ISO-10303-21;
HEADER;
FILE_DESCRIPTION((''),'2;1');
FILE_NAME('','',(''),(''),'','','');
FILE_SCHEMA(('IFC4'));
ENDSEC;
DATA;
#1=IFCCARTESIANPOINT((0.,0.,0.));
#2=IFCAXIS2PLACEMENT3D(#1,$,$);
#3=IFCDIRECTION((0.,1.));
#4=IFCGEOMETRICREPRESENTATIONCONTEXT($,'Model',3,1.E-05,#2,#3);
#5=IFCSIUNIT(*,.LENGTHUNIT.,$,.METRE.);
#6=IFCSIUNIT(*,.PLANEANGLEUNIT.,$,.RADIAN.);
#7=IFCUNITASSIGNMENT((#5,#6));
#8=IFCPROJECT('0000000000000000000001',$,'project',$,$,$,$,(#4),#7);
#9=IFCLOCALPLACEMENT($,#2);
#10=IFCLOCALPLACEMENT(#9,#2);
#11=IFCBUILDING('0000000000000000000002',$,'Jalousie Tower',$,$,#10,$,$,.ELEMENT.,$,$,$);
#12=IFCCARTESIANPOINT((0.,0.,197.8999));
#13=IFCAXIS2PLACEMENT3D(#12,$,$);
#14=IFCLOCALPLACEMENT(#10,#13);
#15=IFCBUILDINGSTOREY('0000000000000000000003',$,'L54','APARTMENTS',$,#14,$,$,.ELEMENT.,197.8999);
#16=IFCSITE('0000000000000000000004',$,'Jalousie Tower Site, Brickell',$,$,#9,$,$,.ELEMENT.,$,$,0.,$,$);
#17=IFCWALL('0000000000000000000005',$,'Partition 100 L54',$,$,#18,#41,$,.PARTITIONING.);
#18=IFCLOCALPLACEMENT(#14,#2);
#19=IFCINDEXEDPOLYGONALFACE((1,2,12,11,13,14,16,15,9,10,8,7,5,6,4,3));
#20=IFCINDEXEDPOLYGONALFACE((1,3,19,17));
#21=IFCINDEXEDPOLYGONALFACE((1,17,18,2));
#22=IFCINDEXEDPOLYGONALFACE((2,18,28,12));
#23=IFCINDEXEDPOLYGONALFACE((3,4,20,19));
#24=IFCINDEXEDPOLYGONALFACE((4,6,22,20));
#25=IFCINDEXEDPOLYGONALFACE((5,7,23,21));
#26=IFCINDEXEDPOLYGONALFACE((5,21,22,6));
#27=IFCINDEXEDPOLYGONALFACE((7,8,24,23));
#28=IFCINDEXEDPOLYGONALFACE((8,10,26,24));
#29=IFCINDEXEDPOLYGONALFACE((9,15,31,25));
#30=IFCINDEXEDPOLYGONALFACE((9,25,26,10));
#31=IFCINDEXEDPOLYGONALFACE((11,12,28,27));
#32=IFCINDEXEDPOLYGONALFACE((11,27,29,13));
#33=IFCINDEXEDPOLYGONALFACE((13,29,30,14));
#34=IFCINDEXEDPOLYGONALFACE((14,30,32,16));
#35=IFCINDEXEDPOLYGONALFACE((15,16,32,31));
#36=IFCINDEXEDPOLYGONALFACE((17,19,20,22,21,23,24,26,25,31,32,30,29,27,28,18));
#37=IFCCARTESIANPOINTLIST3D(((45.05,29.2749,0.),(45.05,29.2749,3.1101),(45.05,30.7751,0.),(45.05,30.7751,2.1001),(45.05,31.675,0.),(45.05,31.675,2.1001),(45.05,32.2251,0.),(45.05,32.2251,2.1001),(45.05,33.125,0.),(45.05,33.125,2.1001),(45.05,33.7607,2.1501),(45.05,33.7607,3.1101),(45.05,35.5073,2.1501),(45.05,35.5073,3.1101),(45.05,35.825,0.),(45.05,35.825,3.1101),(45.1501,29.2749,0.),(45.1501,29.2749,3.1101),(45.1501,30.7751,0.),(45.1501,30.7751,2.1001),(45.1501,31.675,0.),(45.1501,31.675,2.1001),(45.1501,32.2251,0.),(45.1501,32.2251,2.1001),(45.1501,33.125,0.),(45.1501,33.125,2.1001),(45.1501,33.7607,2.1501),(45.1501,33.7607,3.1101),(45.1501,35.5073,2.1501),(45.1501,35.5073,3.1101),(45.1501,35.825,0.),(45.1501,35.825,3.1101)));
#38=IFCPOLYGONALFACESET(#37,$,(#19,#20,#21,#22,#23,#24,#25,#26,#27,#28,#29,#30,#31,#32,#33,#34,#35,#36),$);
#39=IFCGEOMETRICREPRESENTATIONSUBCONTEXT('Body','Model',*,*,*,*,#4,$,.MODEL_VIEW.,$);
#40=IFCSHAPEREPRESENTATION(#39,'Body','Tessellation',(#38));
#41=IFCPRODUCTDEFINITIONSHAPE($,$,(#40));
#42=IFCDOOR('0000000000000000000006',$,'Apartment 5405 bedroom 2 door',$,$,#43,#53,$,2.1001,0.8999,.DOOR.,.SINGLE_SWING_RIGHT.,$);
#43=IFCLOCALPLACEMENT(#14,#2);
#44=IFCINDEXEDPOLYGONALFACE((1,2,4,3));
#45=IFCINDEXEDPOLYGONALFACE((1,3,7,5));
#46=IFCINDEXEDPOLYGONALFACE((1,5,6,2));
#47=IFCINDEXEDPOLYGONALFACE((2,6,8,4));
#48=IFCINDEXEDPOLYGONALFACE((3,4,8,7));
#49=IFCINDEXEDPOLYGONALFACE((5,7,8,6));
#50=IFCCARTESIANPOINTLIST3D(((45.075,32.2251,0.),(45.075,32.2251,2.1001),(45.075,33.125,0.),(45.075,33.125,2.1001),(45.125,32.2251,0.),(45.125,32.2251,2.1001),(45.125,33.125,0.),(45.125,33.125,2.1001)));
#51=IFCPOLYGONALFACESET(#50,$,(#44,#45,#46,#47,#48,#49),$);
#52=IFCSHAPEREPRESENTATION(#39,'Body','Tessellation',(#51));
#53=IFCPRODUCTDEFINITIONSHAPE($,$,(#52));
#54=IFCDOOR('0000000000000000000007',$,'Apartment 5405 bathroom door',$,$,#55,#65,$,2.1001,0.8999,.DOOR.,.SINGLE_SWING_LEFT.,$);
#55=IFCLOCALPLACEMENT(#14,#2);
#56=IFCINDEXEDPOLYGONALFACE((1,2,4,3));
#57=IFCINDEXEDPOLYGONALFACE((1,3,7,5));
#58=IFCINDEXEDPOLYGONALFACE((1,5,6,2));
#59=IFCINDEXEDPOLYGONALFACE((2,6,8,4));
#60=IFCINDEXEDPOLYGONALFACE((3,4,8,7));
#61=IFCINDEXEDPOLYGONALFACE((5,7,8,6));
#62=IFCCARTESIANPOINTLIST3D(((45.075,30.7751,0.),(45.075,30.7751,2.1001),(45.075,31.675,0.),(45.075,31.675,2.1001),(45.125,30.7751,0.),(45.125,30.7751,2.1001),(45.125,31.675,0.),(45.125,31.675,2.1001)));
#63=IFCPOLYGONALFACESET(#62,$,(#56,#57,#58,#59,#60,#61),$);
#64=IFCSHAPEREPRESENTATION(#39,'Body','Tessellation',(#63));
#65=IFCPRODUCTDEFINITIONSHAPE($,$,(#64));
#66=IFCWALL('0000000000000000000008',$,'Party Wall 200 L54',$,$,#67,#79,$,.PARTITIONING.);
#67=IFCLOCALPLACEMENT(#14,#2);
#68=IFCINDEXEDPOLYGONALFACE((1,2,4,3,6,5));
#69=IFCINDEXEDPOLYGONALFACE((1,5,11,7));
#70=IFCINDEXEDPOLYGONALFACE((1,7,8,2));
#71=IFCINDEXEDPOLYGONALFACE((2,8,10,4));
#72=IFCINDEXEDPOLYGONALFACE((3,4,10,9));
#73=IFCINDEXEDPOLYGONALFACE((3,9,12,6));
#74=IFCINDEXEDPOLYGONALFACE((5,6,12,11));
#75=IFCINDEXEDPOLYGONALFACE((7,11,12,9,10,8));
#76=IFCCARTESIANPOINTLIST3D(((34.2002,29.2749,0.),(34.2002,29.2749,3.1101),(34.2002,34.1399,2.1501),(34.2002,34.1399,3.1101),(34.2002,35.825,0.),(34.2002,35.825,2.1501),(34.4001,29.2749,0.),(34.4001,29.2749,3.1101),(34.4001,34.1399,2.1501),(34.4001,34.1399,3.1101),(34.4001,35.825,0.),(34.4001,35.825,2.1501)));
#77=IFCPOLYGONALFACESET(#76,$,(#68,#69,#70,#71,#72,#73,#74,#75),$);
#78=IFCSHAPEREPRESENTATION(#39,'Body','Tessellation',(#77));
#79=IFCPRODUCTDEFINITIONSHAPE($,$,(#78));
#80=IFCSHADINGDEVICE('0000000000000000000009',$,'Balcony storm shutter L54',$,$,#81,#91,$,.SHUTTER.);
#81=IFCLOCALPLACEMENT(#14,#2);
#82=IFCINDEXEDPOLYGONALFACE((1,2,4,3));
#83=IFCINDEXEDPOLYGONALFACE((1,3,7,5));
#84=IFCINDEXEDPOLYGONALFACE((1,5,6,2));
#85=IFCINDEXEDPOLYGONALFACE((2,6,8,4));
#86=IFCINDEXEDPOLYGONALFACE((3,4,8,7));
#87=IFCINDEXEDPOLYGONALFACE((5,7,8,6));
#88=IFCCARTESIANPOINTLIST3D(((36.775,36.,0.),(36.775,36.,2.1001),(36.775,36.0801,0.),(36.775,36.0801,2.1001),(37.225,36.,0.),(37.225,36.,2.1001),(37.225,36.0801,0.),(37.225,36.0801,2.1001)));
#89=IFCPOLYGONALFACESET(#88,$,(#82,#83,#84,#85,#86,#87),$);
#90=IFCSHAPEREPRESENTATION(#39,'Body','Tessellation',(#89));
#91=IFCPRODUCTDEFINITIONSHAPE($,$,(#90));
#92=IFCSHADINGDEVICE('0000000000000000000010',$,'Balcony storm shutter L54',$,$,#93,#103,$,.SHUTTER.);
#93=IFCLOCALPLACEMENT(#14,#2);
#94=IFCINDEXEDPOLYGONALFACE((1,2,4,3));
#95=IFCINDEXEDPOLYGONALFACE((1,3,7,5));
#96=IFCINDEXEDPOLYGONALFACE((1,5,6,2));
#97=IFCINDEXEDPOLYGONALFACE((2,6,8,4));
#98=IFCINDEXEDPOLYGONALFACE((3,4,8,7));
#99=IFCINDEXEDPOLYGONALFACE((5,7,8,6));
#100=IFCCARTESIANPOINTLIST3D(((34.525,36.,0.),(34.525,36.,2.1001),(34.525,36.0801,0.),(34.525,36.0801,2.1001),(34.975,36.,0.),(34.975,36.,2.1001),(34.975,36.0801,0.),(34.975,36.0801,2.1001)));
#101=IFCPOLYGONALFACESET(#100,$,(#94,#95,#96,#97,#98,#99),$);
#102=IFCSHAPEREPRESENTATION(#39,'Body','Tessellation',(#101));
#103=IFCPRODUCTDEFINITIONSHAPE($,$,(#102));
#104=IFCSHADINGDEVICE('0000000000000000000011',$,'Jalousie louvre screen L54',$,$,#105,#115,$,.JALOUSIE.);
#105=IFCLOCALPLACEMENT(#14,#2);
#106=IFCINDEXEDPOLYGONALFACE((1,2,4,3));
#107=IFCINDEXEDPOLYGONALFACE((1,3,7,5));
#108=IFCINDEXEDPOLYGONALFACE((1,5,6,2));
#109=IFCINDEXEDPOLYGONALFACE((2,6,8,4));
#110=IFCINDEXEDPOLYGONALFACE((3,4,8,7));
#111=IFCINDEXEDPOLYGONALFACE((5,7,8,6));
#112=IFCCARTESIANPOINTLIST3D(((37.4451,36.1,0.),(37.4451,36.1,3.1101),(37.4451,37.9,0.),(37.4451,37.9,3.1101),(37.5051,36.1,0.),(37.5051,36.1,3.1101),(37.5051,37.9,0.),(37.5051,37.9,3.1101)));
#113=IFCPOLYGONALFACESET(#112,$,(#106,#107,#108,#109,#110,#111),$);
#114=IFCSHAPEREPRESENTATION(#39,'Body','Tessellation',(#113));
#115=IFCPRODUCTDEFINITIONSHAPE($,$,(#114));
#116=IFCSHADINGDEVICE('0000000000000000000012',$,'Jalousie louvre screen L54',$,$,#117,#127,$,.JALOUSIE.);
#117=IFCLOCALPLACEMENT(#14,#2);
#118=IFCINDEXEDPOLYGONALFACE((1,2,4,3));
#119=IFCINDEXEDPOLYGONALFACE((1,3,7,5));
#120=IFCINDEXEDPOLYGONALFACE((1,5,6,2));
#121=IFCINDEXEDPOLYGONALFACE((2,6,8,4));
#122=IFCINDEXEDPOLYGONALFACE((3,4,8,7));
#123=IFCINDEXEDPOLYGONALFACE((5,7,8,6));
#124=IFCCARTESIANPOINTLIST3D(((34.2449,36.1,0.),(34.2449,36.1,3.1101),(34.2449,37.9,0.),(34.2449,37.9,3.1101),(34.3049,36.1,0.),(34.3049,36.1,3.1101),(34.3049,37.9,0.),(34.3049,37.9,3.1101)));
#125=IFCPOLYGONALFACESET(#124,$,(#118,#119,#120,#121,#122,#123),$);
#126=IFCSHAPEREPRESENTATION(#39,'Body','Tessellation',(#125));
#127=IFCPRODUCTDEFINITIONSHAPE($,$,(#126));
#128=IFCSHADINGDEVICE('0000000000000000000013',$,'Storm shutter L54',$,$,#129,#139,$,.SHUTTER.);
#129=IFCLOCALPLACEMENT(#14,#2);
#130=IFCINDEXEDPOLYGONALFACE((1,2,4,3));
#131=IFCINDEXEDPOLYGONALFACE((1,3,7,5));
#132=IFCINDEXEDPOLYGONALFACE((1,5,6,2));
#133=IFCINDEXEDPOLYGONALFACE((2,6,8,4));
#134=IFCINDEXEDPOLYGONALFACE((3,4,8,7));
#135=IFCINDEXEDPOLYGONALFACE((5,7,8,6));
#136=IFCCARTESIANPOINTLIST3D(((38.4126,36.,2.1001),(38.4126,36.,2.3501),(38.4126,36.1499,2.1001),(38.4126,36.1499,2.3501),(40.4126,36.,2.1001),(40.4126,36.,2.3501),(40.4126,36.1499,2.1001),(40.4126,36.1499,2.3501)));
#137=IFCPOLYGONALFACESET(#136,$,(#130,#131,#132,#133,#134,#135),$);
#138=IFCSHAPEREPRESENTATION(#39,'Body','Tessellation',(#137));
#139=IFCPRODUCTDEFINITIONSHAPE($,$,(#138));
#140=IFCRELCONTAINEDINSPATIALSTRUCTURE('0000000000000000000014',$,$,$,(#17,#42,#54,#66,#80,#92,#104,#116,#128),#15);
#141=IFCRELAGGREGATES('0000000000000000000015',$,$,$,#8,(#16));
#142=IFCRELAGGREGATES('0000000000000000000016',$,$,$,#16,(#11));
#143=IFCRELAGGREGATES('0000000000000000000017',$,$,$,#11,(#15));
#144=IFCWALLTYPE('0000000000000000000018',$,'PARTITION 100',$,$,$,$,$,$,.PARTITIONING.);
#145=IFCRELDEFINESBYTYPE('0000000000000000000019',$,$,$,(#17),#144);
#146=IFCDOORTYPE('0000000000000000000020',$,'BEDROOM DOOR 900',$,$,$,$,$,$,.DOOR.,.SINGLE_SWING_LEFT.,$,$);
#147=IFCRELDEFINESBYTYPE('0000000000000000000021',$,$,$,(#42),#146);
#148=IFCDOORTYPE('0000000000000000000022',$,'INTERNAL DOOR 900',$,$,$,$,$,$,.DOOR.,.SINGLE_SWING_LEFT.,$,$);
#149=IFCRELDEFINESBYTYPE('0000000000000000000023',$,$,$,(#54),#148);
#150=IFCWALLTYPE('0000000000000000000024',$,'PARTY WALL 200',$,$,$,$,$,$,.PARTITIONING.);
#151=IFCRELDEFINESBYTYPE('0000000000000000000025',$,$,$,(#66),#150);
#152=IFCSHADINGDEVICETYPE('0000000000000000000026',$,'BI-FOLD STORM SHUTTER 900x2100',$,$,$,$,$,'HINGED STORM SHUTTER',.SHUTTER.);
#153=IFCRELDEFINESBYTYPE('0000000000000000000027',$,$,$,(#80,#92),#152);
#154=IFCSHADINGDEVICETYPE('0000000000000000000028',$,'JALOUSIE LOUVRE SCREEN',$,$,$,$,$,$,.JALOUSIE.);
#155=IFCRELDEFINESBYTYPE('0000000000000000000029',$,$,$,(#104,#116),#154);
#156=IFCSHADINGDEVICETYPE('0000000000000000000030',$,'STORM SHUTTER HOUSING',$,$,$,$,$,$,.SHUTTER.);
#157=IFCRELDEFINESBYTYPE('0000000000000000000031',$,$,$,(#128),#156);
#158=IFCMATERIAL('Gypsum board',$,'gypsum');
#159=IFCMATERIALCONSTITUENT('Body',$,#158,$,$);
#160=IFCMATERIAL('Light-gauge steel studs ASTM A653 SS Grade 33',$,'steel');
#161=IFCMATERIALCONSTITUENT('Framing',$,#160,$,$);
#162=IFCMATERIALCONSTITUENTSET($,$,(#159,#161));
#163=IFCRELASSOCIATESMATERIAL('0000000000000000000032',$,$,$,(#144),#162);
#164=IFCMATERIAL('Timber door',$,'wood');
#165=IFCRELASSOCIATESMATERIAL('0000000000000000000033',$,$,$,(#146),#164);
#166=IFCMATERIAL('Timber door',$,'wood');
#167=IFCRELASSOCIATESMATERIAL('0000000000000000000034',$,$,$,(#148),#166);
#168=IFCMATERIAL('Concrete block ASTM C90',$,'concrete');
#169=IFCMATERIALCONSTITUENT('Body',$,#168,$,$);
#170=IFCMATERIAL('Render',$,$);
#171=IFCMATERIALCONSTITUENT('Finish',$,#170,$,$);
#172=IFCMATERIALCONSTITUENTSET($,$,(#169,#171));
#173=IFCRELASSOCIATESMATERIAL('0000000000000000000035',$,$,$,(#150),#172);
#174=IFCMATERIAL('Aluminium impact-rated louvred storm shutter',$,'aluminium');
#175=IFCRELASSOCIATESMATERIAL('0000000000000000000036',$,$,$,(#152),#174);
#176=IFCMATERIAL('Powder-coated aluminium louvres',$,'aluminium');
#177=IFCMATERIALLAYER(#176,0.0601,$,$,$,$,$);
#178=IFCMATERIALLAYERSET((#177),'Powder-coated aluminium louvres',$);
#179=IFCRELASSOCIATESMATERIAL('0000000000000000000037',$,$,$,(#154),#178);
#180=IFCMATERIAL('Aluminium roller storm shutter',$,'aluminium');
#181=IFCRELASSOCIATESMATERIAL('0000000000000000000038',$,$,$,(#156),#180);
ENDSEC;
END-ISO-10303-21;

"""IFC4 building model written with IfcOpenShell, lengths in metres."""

from ifc_helpers import new_model, si_unit, direction, frame, frame_2d, origin, origin_2d, place, context, subcontext, project, spatial, polyline, rectangle, outline, extrude, material, layer, layer_set, constituent, constituent_set, type_object, element, fill, save


model = new_model("IFC4")

# Units and contexts
model_context = context("Model", 3, precision=1e-05, world=origin(), true_north=direction((0.0, 1.0)))
body_context = subcontext(model_context, "Body", "Model", "MODEL_VIEW")
ifc_project = project(units=[si_unit("LENGTHUNIT", "METRE"), si_unit("PLANEANGLEUNIT", "RADIAN")], contexts=[model_context])

# Site, building, storey
site_placement = place(None, origin())
site = spatial("IfcSite", under=ifc_project, at=site_placement, Name="Jalousie Tower Site, Brickell", CompositionType="ELEMENT", RefElevation=0.0)
building_placement = place(site_placement, origin())
building = spatial("IfcBuilding", under=site, at=building_placement, Name="Jalousie Tower", CompositionType="ELEMENT")
storey_placement = place(building_placement, frame((0.0, 0.0, 197.8999)))
storey = spatial("IfcBuildingStorey", under=building, at=storey_placement, Name="L54", Description="APARTMENTS", CompositionType="ELEMENT", Elevation=197.8999)

# Shared definitions
ifc_material_1 = material(Name="Gypsum board", Category="gypsum")
ifc_constituent_1 = constituent(ifc_material_1, Name="Body")
ifc_material_2 = material(Name="Light-gauge steel studs ASTM A653 SS Grade 33", Category="steel")
ifc_constituent_2 = constituent(ifc_material_2, Name="Framing")
ifc_constituent_set_1 = constituent_set(constituents=[ifc_constituent_1, ifc_constituent_2])
wall_type_1 = type_object("IfcWallType", Name="PARTITION 100", PredefinedType="PARTITIONING", material=ifc_constituent_set_1)
ifc_material_3 = material(Name="Timber door", Category="wood")
door_type_1 = type_object("IfcDoorType", Name="BEDROOM DOOR 900", OperationType="SINGLE_SWING_LEFT", PredefinedType="DOOR", material=ifc_material_3)

# Wall, openings, doors
wall_1_placement = place(storey_placement, frame((45.1001, 35.825, 0.0), z_axis=(0.0, 0.0, 1.0), x_axis=(0.0, -1.0, 0.0)))
wall_1 = element("IfcWall", 1, at=wall_1_placement, inside=storey, type_object=wall_type_1, Name="Partition 100 L54", PredefinedType="PARTITIONING", context=body_context, shape_type="SweptSolid", body=[
    extrude(outline(polyline([(0.0, 0.0), (6.55, 0.0), (6.55, 3.1101), (2.0642, 3.1101), (2.0642, 2.1501), (0.3176, 2.1501), (0.3176, 3.1101), (0.0, 3.1101), (0.0, 0.0)])), frame((0.0, 0.05, 0.0), z_axis=(0.0, -1.0, 0.0), x_axis=(1.0, 0.0, 0.0)), (0.0, 0.0, 1.0), 0.1001),
])
opening_1_placement = place(wall_1_placement, frame((2.7, 0.0, 0.0)))
opening_1 = element("IfcOpeningElement", 2, at=opening_1_placement, cuts=wall_1, PredefinedType="OPENING", context=body_context, shape_type="SweptSolid", body=[
    extrude(rectangle(XDim=0.8999, YDim=2.1001, at=frame_2d((0.45, 1.05))), frame((0.0, 0.0601, 0.0), z_axis=(0.0, -1.0, 0.0), x_axis=(1.0, 0.0, 0.0)), (0.0, 0.0, 1.0), 0.1201),
])
opening_2_placement = place(wall_1_placement, frame((4.1499, 0.0, 0.0)))
opening_2 = element("IfcOpeningElement", 3, at=opening_2_placement, cuts=wall_1, PredefinedType="OPENING", context=body_context, shape_type="SweptSolid", body=[
    extrude(rectangle(XDim=0.8999, YDim=2.1001, at=frame_2d((0.45, 1.05))), frame((0.0, 0.0601, 0.0), z_axis=(0.0, -1.0, 0.0), x_axis=(1.0, 0.0, 0.0)), (0.0, 0.0, 1.0), 0.1201),
])
door_1_placement = place(opening_1_placement, origin())
door_1 = element("IfcDoor", 4, at=door_1_placement, inside=storey, type_object=door_type_1, Name="Apartment 5405 bedroom 2 door", OperationType="SINGLE_SWING_RIGHT", OverallHeight=2.1001, OverallWidth=0.8999, PredefinedType="DOOR", context=body_context, shape_type="SweptSolid", body=[
    extrude(rectangle(XDim=0.8999, YDim=2.1001, at=frame_2d((0.45, 1.05))), frame((0.0, 0.0249, 0.0), z_axis=(0.0, -1.0, 0.0), x_axis=(1.0, 0.0, 0.0)), (0.0, 0.0, 1.0), 0.05),
])
fill(opening_1, door_1)
ifc_material_4 = material(Name="Timber door", Category="wood")
door_type_2 = type_object("IfcDoorType", Name="INTERNAL DOOR 900", OperationType="SINGLE_SWING_LEFT", PredefinedType="DOOR", material=ifc_material_4)
door_2_placement = place(opening_2_placement, origin())
door_2 = element("IfcDoor", 5, at=door_2_placement, inside=storey, type_object=door_type_2, Name="Apartment 5405 bathroom door", OperationType="SINGLE_SWING_LEFT", OverallHeight=2.1001, OverallWidth=0.8999, PredefinedType="DOOR", context=body_context, shape_type="SweptSolid", body=[
    extrude(rectangle(XDim=0.8999, YDim=2.1001, at=frame_2d((0.45, 1.05))), frame((0.0, 0.0249, 0.0), z_axis=(0.0, -1.0, 0.0), x_axis=(1.0, 0.0, 0.0)), (0.0, 0.0, 1.0), 0.05),
])
fill(opening_2, door_2)

# Wall
ifc_material_5 = material(Name="Concrete block ASTM C90", Category="concrete")
ifc_constituent_3 = constituent(ifc_material_5, Name="Body")
ifc_material_6 = material(Name="Render")
ifc_constituent_4 = constituent(ifc_material_6, Name="Finish")
ifc_constituent_set_2 = constituent_set(constituents=[ifc_constituent_3, ifc_constituent_4])
wall_type_2 = type_object("IfcWallType", Name="PARTY WALL 200", PredefinedType="PARTITIONING", material=ifc_constituent_set_2)
wall_2_placement = place(storey_placement, frame((34.3, 35.825, 0.0), z_axis=(0.0, 0.0, 1.0), x_axis=(0.0, -1.0, 0.0)))
element("IfcWall", 6, at=wall_2_placement, inside=storey, type_object=wall_type_2, Name="Party Wall 200 L54", PredefinedType="PARTITIONING", context=body_context, shape_type="SweptSolid", body=[
    extrude(outline(polyline([(0.0, 0.0), (6.55, 0.0), (6.55, 3.1101), (1.6851, 3.1101), (1.6851, 2.1501), (0.0, 2.1501), (0.0, 3.1101), (0.0, 0.0)])), frame((0.0, 0.1001, 0.0), z_axis=(0.0, -1.0, 0.0), x_axis=(1.0, 0.0, 0.0)), (0.0, 0.0, 1.0), 0.2),
])

# Shading devices
ifc_material_7 = material(Name="Aluminium impact-rated louvred storm shutter", Category="aluminium")
shading_device_type_1 = type_object("IfcShadingDeviceType", Name="BI-FOLD STORM SHUTTER 900x2100", ElementType="HINGED STORM SHUTTER", PredefinedType="SHUTTER", material=ifc_material_7)
for number, where, z_axis, x_axis, name in (
    (7, (37.0, 36.04, 0.0), (0.0, 0.0, 1.0), (-1.0, 0.0, 0.0), "Balcony storm shutter L54"),
    (8, (34.75, 36.04, 0.0), (0.0, 0.0, 1.0), (-1.0, 0.0, 0.0), "Balcony storm shutter L54"),
):
    element("IfcShadingDevice", number, at=place(storey_placement, frame(where, z_axis=z_axis, x_axis=x_axis)), inside=storey, type_object=shading_device_type_1, Name=name, PredefinedType="SHUTTER", context=body_context, shape_type="SweptSolid", body=[
        extrude(rectangle(XDim=0.45, YDim=0.0801, at=origin_2d()), origin(), (0.0, 0.0, 1.0), 2.1001),
    ])

# Shading devices
ifc_material_8 = material(Name="Powder-coated aluminium louvres", Category="aluminium")
ifc_layer_1 = layer(ifc_material_8, 0.0601)
ifc_layer_set_1 = layer_set([ifc_layer_1], Name="Powder-coated aluminium louvres")
shading_device_type_2 = type_object("IfcShadingDeviceType", Name="JALOUSIE LOUVRE SCREEN", PredefinedType="JALOUSIE", material=ifc_layer_set_1)
for number, where, z_axis, x_axis, name in (
    (9, (37.4751, 37.0, 0.0), (0.0, 0.0, 1.0), (-1.0, 0.0, 0.0), "Jalousie louvre screen L54"),
    (10, (34.2749, 37.0, 0.0), (0.0, 0.0, 1.0), (-1.0, 0.0, 0.0), "Jalousie louvre screen L54"),
):
    element("IfcShadingDevice", number, at=place(storey_placement, frame(where, z_axis=z_axis, x_axis=x_axis)), inside=storey, type_object=shading_device_type_2, Name=name, PredefinedType="JALOUSIE", context=body_context, shape_type="SweptSolid", body=[
        extrude(rectangle(XDim=0.0601, YDim=1.8, at=origin_2d()), origin(), (0.0, 0.0, 1.0), 3.1101),
    ])
ifc_material_9 = material(Name="Aluminium roller storm shutter", Category="aluminium")
shading_device_type_3 = type_object("IfcShadingDeviceType", Name="STORM SHUTTER HOUSING", PredefinedType="SHUTTER", material=ifc_material_9)
shading_device_placement = place(storey_placement, frame((39.4126, 36.075, 2.1001), z_axis=(0.0, 0.0, 1.0), x_axis=(-1.0, 0.0, 0.0)))
element("IfcShadingDevice", 11, at=shading_device_placement, inside=storey, type_object=shading_device_type_3, Name="Storm shutter L54", PredefinedType="SHUTTER", context=body_context, shape_type="SweptSolid", body=[
    extrude(rectangle(XDim=2.0, YDim=0.1499, at=origin_2d()), origin(), (0.0, 0.0, 1.0), 0.25),
])

save(model, "model.ifc")
